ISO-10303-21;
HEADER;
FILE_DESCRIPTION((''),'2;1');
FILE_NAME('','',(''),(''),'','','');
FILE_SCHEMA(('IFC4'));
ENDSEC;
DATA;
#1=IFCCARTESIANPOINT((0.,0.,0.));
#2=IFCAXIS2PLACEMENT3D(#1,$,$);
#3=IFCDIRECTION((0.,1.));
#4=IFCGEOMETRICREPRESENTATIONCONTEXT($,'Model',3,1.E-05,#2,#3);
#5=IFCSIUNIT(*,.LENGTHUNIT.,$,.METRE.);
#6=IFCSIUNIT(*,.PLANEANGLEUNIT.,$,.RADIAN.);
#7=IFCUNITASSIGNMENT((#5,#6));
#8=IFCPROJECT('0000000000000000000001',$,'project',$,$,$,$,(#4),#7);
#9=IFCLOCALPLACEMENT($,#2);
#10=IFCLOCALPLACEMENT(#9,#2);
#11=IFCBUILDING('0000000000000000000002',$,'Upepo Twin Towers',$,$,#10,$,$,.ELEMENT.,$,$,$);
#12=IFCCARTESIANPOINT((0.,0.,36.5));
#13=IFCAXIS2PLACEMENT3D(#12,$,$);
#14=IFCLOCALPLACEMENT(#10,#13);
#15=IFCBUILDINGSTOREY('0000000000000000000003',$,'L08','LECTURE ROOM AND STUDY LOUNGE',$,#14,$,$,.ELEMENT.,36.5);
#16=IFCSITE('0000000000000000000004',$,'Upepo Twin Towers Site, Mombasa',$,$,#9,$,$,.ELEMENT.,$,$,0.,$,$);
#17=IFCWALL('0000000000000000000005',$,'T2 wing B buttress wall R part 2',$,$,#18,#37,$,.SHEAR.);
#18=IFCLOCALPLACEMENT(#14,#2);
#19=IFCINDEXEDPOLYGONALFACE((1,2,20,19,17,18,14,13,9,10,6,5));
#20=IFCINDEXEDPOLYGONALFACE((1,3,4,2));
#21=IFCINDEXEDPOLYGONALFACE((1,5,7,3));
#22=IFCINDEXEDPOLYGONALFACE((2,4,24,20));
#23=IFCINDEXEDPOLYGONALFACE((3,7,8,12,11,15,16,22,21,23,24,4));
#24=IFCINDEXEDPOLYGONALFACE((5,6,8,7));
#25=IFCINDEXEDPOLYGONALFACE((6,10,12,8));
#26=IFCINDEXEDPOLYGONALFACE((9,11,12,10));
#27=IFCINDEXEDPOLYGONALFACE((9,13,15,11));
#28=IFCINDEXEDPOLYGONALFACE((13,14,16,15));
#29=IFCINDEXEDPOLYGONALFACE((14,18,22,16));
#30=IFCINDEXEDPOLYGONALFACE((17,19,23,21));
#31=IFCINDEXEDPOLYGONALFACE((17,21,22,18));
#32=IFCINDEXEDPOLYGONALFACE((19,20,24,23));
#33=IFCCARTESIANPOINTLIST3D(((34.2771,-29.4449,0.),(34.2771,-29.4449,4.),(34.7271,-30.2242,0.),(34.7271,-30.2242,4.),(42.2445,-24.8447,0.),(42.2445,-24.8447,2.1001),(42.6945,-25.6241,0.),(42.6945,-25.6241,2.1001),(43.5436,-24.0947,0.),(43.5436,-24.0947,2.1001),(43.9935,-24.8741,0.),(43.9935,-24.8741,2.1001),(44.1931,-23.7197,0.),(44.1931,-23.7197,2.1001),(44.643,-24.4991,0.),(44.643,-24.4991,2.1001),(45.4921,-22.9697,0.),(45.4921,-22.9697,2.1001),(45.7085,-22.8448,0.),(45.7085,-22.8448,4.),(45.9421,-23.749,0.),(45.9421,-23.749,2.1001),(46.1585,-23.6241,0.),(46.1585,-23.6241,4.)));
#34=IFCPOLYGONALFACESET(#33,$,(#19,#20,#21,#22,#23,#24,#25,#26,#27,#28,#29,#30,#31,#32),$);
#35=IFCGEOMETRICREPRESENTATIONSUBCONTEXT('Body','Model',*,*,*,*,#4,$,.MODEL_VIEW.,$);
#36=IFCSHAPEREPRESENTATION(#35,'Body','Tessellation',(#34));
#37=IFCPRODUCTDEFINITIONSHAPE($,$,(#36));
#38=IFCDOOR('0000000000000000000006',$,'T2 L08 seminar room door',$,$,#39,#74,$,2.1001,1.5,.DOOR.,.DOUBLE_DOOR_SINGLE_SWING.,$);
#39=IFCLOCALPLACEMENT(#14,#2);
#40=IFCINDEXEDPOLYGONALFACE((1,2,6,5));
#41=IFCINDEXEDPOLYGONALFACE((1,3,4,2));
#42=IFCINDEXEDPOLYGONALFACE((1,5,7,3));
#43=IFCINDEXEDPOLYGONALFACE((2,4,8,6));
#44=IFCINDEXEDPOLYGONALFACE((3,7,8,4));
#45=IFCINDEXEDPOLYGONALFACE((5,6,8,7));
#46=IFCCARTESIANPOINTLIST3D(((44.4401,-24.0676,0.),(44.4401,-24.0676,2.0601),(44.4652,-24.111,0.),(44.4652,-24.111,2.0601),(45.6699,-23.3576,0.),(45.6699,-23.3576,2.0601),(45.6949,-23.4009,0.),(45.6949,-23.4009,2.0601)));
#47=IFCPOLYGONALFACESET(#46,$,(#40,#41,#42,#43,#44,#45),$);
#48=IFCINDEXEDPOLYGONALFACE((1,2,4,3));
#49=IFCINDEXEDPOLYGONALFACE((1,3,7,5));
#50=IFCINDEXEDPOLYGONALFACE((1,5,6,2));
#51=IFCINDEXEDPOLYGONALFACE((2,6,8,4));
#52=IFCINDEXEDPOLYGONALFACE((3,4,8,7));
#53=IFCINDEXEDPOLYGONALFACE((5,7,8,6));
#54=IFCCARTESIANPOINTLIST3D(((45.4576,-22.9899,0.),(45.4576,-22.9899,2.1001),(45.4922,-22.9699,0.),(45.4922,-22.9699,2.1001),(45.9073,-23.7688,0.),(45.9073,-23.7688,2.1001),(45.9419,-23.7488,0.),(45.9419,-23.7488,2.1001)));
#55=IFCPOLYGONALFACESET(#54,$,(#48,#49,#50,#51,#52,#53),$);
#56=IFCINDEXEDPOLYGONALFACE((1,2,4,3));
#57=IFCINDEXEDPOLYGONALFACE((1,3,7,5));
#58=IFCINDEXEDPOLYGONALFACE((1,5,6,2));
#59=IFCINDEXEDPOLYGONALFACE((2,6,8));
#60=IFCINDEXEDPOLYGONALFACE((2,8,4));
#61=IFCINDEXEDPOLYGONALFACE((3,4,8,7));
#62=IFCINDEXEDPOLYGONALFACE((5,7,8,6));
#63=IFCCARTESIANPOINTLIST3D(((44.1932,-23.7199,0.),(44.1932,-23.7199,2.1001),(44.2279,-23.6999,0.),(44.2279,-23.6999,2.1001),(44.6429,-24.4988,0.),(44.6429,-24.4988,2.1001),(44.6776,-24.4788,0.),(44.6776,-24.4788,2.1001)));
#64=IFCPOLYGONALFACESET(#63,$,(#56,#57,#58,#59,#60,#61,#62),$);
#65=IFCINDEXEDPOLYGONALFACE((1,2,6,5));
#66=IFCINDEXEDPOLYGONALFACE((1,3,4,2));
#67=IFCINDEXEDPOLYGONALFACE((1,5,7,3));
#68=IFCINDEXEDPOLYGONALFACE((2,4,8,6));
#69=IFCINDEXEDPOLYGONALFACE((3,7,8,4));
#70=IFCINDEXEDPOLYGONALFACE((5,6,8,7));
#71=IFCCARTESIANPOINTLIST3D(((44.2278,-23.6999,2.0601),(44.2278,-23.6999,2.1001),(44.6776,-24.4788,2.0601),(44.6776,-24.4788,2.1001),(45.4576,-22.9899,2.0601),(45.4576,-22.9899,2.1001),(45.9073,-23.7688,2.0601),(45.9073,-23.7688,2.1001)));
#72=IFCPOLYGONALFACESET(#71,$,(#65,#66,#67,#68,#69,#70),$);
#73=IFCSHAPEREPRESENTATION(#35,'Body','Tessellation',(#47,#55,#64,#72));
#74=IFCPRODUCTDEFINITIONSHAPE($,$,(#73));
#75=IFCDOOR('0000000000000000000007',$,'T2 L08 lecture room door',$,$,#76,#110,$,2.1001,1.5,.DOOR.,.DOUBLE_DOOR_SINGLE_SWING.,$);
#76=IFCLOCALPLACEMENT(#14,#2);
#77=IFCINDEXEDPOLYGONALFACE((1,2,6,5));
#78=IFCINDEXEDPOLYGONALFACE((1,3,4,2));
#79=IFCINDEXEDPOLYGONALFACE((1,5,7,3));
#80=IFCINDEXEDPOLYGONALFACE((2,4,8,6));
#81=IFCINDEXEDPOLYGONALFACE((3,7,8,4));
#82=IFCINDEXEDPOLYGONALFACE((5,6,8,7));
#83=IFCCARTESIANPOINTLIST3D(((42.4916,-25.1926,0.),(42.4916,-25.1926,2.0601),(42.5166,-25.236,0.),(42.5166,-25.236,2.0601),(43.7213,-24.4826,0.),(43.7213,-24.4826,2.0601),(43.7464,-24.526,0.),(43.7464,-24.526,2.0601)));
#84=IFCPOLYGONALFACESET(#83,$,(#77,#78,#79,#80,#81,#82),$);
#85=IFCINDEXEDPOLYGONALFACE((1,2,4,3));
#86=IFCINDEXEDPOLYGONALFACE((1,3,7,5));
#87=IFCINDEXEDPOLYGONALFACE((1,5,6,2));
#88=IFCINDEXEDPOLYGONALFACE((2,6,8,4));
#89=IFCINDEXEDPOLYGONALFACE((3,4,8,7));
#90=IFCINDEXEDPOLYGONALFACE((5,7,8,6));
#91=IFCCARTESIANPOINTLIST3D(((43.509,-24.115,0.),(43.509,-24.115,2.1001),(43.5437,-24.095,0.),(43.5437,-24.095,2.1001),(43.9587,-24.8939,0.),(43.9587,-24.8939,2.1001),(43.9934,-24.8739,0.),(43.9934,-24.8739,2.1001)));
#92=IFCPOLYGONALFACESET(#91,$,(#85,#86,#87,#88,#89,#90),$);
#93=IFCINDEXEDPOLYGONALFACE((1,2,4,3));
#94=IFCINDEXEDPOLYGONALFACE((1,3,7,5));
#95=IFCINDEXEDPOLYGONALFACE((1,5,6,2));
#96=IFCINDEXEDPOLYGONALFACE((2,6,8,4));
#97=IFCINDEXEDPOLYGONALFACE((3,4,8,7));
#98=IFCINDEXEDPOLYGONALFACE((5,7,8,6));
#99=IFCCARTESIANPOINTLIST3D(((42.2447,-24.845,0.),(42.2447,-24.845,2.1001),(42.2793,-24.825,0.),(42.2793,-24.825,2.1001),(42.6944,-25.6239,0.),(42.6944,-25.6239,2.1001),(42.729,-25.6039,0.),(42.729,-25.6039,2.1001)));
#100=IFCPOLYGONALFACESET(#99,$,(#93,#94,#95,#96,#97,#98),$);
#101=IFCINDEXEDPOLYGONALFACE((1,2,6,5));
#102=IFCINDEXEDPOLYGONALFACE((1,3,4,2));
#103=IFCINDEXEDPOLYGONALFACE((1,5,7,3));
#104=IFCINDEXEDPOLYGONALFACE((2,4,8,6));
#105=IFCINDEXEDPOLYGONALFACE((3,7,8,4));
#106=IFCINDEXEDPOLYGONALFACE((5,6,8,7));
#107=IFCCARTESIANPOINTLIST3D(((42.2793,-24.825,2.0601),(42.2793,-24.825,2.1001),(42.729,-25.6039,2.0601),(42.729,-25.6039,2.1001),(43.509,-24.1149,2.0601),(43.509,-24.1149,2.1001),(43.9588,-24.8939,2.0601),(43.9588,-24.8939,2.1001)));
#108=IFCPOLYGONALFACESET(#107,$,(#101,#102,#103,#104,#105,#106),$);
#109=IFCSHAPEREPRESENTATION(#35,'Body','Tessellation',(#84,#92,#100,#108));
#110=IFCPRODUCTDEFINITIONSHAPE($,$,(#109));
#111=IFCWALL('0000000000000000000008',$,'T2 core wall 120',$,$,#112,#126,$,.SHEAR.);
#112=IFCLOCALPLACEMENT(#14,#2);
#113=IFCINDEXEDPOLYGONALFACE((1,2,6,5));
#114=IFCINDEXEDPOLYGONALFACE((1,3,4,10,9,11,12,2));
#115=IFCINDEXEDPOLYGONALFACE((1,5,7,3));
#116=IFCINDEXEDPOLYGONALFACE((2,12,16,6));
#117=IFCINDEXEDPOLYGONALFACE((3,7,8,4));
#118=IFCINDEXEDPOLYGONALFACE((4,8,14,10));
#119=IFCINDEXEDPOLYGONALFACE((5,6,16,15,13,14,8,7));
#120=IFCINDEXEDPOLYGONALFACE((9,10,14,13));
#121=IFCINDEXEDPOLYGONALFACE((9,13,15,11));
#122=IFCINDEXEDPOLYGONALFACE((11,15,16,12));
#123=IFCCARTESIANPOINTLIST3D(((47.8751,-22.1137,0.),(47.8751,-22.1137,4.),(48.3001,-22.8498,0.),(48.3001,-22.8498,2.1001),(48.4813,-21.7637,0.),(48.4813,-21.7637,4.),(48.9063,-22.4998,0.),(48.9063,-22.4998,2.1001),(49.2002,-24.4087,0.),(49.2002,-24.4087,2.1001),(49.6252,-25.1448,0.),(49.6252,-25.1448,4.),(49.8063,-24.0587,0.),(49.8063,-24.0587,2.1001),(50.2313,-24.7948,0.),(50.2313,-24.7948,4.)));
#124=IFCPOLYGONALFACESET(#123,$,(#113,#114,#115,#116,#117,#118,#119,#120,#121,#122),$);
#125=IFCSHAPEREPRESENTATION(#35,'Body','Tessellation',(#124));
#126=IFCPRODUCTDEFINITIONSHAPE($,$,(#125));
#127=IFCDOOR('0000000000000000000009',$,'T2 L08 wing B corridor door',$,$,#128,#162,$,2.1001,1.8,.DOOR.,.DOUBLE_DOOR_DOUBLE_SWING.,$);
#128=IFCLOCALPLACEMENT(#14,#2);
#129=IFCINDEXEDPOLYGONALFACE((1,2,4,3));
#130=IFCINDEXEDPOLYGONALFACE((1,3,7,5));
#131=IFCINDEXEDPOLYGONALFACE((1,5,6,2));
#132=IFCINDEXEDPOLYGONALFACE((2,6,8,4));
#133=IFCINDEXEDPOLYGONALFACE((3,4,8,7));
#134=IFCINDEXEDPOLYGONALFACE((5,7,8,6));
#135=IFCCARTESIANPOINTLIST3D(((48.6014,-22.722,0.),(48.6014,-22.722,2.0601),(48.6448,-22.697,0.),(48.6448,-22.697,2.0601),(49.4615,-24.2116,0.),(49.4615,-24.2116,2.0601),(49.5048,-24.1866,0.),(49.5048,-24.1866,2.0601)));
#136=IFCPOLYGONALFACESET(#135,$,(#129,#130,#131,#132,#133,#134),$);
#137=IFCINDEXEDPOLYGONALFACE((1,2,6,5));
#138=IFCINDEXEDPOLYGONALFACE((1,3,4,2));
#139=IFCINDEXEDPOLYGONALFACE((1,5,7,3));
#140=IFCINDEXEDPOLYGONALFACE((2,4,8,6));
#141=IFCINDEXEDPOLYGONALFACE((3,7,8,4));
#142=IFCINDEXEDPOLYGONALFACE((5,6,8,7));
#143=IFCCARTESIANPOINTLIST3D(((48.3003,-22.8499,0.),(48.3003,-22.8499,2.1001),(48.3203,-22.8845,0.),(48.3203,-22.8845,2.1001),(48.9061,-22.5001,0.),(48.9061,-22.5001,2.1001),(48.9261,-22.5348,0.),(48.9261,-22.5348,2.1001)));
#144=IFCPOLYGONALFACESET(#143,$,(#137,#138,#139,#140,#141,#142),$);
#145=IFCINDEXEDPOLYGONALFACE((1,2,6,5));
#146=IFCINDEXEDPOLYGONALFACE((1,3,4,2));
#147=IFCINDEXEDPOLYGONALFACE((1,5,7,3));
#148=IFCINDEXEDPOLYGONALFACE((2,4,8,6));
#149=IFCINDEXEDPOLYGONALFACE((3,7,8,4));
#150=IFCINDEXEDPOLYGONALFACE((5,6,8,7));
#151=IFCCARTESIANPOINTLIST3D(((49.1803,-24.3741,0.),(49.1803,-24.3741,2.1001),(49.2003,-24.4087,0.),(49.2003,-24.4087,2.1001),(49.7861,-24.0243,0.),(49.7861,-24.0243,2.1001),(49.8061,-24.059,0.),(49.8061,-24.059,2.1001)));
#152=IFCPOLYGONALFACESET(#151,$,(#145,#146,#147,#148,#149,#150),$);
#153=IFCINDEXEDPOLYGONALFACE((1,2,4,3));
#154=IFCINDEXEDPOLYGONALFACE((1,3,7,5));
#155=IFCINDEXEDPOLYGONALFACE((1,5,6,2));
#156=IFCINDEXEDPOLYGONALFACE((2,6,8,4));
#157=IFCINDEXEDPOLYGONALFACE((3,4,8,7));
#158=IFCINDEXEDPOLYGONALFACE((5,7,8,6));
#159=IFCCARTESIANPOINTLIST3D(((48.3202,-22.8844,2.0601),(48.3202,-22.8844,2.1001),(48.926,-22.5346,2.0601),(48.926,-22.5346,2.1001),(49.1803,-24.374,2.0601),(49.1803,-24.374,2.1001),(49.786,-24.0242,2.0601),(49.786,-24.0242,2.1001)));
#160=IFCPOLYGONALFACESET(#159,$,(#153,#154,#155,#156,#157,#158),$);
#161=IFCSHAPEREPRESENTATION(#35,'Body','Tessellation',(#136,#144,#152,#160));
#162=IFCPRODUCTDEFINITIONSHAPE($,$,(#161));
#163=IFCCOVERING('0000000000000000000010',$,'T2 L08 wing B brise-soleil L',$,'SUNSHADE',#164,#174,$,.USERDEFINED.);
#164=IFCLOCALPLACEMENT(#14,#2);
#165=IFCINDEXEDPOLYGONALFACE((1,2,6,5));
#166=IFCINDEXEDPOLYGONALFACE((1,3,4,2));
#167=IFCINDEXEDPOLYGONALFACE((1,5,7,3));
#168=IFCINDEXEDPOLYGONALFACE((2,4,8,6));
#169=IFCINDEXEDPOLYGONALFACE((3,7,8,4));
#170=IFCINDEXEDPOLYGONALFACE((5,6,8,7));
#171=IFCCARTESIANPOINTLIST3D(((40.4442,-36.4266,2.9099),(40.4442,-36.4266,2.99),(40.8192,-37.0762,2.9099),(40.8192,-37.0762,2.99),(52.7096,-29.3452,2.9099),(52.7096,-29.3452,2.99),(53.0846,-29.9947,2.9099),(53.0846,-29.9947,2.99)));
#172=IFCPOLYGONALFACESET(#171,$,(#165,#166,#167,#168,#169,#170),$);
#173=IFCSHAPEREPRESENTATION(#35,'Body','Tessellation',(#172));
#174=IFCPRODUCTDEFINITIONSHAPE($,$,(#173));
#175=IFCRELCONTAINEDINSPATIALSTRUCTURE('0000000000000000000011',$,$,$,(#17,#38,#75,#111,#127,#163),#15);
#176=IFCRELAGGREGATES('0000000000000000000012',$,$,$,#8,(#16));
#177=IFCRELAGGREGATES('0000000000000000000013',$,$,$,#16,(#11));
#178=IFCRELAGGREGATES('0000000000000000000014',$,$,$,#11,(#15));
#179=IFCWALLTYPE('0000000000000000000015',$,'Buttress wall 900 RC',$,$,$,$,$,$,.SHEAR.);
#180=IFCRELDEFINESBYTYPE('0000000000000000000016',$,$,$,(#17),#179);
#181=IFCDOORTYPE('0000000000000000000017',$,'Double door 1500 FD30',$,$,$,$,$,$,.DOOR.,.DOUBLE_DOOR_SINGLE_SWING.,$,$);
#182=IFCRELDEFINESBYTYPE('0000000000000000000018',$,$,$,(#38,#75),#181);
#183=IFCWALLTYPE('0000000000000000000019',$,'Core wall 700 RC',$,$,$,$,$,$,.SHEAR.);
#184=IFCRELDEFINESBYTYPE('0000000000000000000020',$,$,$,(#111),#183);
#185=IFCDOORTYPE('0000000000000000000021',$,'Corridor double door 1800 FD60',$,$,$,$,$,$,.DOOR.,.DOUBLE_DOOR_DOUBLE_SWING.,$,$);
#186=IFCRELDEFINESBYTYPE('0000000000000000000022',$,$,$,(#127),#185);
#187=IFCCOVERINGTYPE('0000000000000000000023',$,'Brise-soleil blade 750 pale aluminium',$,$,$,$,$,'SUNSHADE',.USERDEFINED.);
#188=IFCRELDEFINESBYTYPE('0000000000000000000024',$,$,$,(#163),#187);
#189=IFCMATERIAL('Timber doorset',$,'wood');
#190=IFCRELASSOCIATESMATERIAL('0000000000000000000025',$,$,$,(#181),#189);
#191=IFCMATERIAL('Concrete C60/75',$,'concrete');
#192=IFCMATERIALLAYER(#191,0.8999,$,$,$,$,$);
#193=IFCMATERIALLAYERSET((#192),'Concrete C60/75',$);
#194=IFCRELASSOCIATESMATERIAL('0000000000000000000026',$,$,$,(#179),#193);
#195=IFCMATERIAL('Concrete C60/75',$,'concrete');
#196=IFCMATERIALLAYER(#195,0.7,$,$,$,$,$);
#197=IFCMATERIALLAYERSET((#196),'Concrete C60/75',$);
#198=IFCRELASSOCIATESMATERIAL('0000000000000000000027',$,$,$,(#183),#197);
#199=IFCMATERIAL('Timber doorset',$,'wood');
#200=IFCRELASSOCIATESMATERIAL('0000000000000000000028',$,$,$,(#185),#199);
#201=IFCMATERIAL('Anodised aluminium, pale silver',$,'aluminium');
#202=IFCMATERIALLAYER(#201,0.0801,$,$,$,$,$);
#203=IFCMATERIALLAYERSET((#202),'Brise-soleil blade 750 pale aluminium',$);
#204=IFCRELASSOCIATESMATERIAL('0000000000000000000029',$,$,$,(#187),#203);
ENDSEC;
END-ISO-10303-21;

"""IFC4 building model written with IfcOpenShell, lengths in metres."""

from ifc_helpers import new_model, si_unit, direction, frame, frame_2d, origin, origin_2d, place, context, subcontext, project, spatial, rectangle, extrude, material, layer, layer_set, type_object, element, fill, save


model = new_model("IFC4")

# Units and contexts
model_context = context("Model", 3, precision=1e-05, world=origin(), true_north=direction((0.0, 1.0)))
body_context = subcontext(model_context, "Body", "Model", "MODEL_VIEW")
ifc_project = project(units=[si_unit("LENGTHUNIT", "METRE"), si_unit("PLANEANGLEUNIT", "RADIAN")], contexts=[model_context])

# Site, building, storey
site_placement = place(None, origin())
site = spatial("IfcSite", under=ifc_project, at=site_placement, Name="Upepo Twin Towers Site, Mombasa", CompositionType="ELEMENT", RefElevation=0.0)
building_placement = place(site_placement, origin())
building = spatial("IfcBuilding", under=site, at=building_placement, Name="Upepo Twin Towers", CompositionType="ELEMENT")
storey_placement = place(building_placement, frame((0.0, 0.0, 36.5)))
storey = spatial("IfcBuildingStorey", under=building, at=storey_placement, Name="L08", Description="LECTURE ROOM AND STUDY LOUNGE", CompositionType="ELEMENT", Elevation=36.5)

# Shared definitions
ifc_material_1 = material(Name="Timber doorset", Category="wood")
door_type_1 = type_object("IfcDoorType", Name="Double door 1500 FD30", OperationType="DOUBLE_DOOR_SINGLE_SWING", PredefinedType="DOOR", material=ifc_material_1)

# Wall, openings, doors
ifc_material_2 = material(Name="Concrete C60/75", Category="concrete")
ifc_layer_1 = layer(ifc_material_2, 0.8999)
ifc_layer_set_1 = layer_set([ifc_layer_1], Name="Concrete C60/75")
wall_type_1 = type_object("IfcWallType", Name="Buttress wall 900 RC", PredefinedType="SHEAR", material=ifc_layer_set_1)
wall_1_placement = place(storey_placement, frame((45.9336, -23.2344, 0.0), z_axis=(0.0, 0.0, 1.0), x_axis=(-0.86602, -0.50001, 0.0)))
wall_1 = element("IfcWall", 1, at=wall_1_placement, inside=storey, type_object=wall_type_1, Name="T2 wing B buttress wall R part 2", PredefinedType="SHEAR", context=body_context, shape_type="SweptSolid", body=[
    extrude(rectangle(XDim=13.2, YDim=0.8999, at=frame_2d((6.6001, 0.0))), origin(), (0.0, 0.0, 1.0), 4.0),
])
opening_1_placement = place(wall_1_placement, frame((0.25, 0.0, 0.0)))
opening_1 = element("IfcOpeningElement", 2, at=opening_1_placement, cuts=wall_1, PredefinedType="OPENING", context=body_context, shape_type="SweptSolid", body=[
    extrude(rectangle(XDim=1.5, YDim=2.1001, at=frame_2d((0.75, 1.05))), frame((0.0, 0.46, 0.0), z_axis=(0.0, -1.0, 0.0), x_axis=(1.0, 0.0, 0.0)), (0.0, 0.0, 1.0), 0.9199),
])
opening_2_placement = place(wall_1_placement, frame((2.5, 0.0, 0.0)))
opening_2 = element("IfcOpeningElement", 3, at=opening_2_placement, cuts=wall_1, PredefinedType="OPENING", context=body_context, shape_type="SweptSolid", body=[
    extrude(rectangle(XDim=1.5, YDim=2.1001, at=frame_2d((0.75, 1.05))), frame((0.0, 0.46, 0.0), z_axis=(0.0, -1.0, 0.0), x_axis=(1.0, 0.0, 0.0)), (0.0, 0.0, 1.0), 0.9199),
])
door_1_placement = place(opening_1_placement, origin())
door_1 = element("IfcDoor", 4, at=door_1_placement, inside=storey, type_object=door_type_1, Name="T2 L08 seminar room door", OperationType="DOUBLE_DOOR_SINGLE_SWING", OverallHeight=2.1001, OverallWidth=1.5, PredefinedType="DOOR", context=body_context, shape_type="SweptSolid", body=[
    extrude(rectangle(XDim=1.42, YDim=2.0601, at=frame_2d((0.75, 1.03))), frame((0.0, 0.0249, 0.0), z_axis=(0.0, -1.0, 0.0), x_axis=(1.0, 0.0, 0.0)), (0.0, 0.0, 1.0), 0.05),
    extrude(rectangle(XDim=0.04, YDim=2.1001, at=frame_2d((0.02, 1.05))), frame((0.0, 0.4497, 0.0), z_axis=(0.0, -1.0, 0.0), x_axis=(1.0, 0.0, 0.0)), (0.0, 0.0, 1.0), 0.8994),
    extrude(rectangle(XDim=0.04, YDim=2.1001, at=frame_2d((1.48, 1.05))), frame((0.0, 0.4497, 0.0), z_axis=(0.0, -1.0, 0.0), x_axis=(1.0, 0.0, 0.0)), (0.0, 0.0, 1.0), 0.8994),
    extrude(rectangle(XDim=1.42, YDim=0.04, at=frame_2d((0.75, 2.0801))), frame((0.0, 0.4497, 0.0), z_axis=(0.0, -1.0, 0.0), x_axis=(1.0, 0.0, 0.0)), (0.0, 0.0, 1.0), 0.8994),
])
fill(opening_1, door_1)
door_2_placement = place(opening_2_placement, origin())
door_2 = element("IfcDoor", 5, at=door_2_placement, inside=storey, type_object=door_type_1, Name="T2 L08 lecture room door", OperationType="DOUBLE_DOOR_SINGLE_SWING", OverallHeight=2.1001, OverallWidth=1.5, PredefinedType="DOOR", context=body_context, shape_type="SweptSolid", body=[
    extrude(rectangle(XDim=1.42, YDim=2.0601, at=frame_2d((0.75, 1.03))), frame((0.0, 0.0249, 0.0), z_axis=(0.0, -1.0, 0.0), x_axis=(1.0, 0.0, 0.0)), (0.0, 0.0, 1.0), 0.05),
    extrude(rectangle(XDim=0.04, YDim=2.1001, at=frame_2d((0.02, 1.05))), frame((0.0, 0.4497, 0.0), z_axis=(0.0, -1.0, 0.0), x_axis=(1.0, 0.0, 0.0)), (0.0, 0.0, 1.0), 0.8994),
    extrude(rectangle(XDim=0.04, YDim=2.1001, at=frame_2d((1.48, 1.05))), frame((0.0, 0.4497, 0.0), z_axis=(0.0, -1.0, 0.0), x_axis=(1.0, 0.0, 0.0)), (0.0, 0.0, 1.0), 0.8994),
    extrude(rectangle(XDim=1.42, YDim=0.04, at=frame_2d((0.75, 2.0801))), frame((0.0, 0.4497, 0.0), z_axis=(0.0, -1.0, 0.0), x_axis=(1.0, 0.0, 0.0)), (0.0, 0.0, 1.0), 0.8994),
])
fill(opening_2, door_2)

# Wall, opening, door
ifc_material_3 = material(Name="Concrete C60/75", Category="concrete")
ifc_layer_2 = layer(ifc_material_3, 0.7)
ifc_layer_set_2 = layer_set([ifc_layer_2], Name="Concrete C60/75")
wall_type_2 = type_object("IfcWallType", Name="Core wall 700 RC", PredefinedType="SHEAR", material=ifc_layer_set_2)
wall_2_placement = place(storey_placement, frame((48.1782, -21.9387, 0.0), z_axis=(0.0, 0.0, 1.0), x_axis=(0.50001, -0.866019, 0.0)))
wall_2 = element("IfcWall", 6, at=wall_2_placement, inside=storey, type_object=wall_type_2, Name="T2 core wall 120", PredefinedType="SHEAR", context=body_context, shape_type="SweptSolid", body=[
    extrude(rectangle(XDim=3.5, YDim=0.7, at=frame_2d((1.75, 0.0))), origin(), (0.0, 0.0, 1.0), 4.0),
])
opening_3_placement = place(wall_2_placement, frame((0.8501, 0.0, 0.0)))
opening_3 = element("IfcOpeningElement", 7, at=opening_3_placement, cuts=wall_2, PredefinedType="OPENING", context=body_context, shape_type="SweptSolid", body=[
    extrude(rectangle(XDim=1.8, YDim=2.1001, at=frame_2d((0.8999, 1.05))), frame((0.0, 0.3599, 0.0), z_axis=(0.0, -1.0, 0.0), x_axis=(1.0, 0.0, 0.0)), (0.0, 0.0, 1.0), 0.72),
])
ifc_material_4 = material(Name="Timber doorset", Category="wood")
door_type_2 = type_object("IfcDoorType", Name="Corridor double door 1800 FD60", OperationType="DOUBLE_DOOR_DOUBLE_SWING", PredefinedType="DOOR", material=ifc_material_4)
door_3_placement = place(opening_3_placement, origin())
door_3 = element("IfcDoor", 8, at=door_3_placement, inside=storey, type_object=door_type_2, Name="T2 L08 wing B corridor door", OperationType="DOUBLE_DOOR_DOUBLE_SWING", OverallHeight=2.1001, OverallWidth=1.8, PredefinedType="DOOR", context=body_context, shape_type="SweptSolid", body=[
    extrude(rectangle(XDim=1.72, YDim=2.0601, at=frame_2d((0.8999, 1.03))), frame((0.0, 0.0249, 0.0), z_axis=(0.0, -1.0, 0.0), x_axis=(1.0, 0.0, 0.0)), (0.0, 0.0, 1.0), 0.05),
    extrude(rectangle(XDim=0.04, YDim=2.1001, at=frame_2d((0.02, 1.05))), frame((0.0, 0.3496, 0.0), z_axis=(0.0, -1.0, 0.0), x_axis=(1.0, 0.0, 0.0)), (0.0, 0.0, 1.0), 0.6995),
    extrude(rectangle(XDim=0.04, YDim=2.1001, at=frame_2d((1.78, 1.05))), frame((0.0, 0.3496, 0.0), z_axis=(0.0, -1.0, 0.0), x_axis=(1.0, 0.0, 0.0)), (0.0, 0.0, 1.0), 0.6995),
    extrude(rectangle(XDim=1.72, YDim=0.04, at=frame_2d((0.8999, 2.0801))), frame((0.0, 0.3496, 0.0), z_axis=(0.0, -1.0, 0.0), x_axis=(1.0, 0.0, 0.0)), (0.0, 0.0, 1.0), 0.6995),
])
fill(opening_3, door_3)

# Covering
ifc_material_5 = material(Name="Anodised aluminium, pale silver", Category="aluminium")
ifc_layer_3 = layer(ifc_material_5, 0.0801)
ifc_layer_set_3 = layer_set([ifc_layer_3], Name="Brise-soleil blade 750 pale aluminium")
covering_type = type_object("IfcCoveringType", Name="Brise-soleil blade 750 pale aluminium", ElementType="SUNSHADE", PredefinedType="USERDEFINED", material=ifc_layer_set_3)
covering_placement = place(storey_placement, frame((46.7644, -33.2107, 2.9099), z_axis=(0.0, 0.0, 1.0), x_axis=(-0.866025, -0.5, 0.0)))
element("IfcCovering", 9, at=covering_placement, inside=storey, type_object=covering_type, Name="T2 L08 wing B brise-soleil L", ObjectType="SUNSHADE", PredefinedType="USERDEFINED", context=body_context, shape_type="SweptSolid", body=[
    extrude(rectangle(XDim=14.1628, YDim=0.75, at=origin_2d()), origin(), (0.0, 0.0, 1.0), 0.0801),
])

save(model, "model.ifc")
